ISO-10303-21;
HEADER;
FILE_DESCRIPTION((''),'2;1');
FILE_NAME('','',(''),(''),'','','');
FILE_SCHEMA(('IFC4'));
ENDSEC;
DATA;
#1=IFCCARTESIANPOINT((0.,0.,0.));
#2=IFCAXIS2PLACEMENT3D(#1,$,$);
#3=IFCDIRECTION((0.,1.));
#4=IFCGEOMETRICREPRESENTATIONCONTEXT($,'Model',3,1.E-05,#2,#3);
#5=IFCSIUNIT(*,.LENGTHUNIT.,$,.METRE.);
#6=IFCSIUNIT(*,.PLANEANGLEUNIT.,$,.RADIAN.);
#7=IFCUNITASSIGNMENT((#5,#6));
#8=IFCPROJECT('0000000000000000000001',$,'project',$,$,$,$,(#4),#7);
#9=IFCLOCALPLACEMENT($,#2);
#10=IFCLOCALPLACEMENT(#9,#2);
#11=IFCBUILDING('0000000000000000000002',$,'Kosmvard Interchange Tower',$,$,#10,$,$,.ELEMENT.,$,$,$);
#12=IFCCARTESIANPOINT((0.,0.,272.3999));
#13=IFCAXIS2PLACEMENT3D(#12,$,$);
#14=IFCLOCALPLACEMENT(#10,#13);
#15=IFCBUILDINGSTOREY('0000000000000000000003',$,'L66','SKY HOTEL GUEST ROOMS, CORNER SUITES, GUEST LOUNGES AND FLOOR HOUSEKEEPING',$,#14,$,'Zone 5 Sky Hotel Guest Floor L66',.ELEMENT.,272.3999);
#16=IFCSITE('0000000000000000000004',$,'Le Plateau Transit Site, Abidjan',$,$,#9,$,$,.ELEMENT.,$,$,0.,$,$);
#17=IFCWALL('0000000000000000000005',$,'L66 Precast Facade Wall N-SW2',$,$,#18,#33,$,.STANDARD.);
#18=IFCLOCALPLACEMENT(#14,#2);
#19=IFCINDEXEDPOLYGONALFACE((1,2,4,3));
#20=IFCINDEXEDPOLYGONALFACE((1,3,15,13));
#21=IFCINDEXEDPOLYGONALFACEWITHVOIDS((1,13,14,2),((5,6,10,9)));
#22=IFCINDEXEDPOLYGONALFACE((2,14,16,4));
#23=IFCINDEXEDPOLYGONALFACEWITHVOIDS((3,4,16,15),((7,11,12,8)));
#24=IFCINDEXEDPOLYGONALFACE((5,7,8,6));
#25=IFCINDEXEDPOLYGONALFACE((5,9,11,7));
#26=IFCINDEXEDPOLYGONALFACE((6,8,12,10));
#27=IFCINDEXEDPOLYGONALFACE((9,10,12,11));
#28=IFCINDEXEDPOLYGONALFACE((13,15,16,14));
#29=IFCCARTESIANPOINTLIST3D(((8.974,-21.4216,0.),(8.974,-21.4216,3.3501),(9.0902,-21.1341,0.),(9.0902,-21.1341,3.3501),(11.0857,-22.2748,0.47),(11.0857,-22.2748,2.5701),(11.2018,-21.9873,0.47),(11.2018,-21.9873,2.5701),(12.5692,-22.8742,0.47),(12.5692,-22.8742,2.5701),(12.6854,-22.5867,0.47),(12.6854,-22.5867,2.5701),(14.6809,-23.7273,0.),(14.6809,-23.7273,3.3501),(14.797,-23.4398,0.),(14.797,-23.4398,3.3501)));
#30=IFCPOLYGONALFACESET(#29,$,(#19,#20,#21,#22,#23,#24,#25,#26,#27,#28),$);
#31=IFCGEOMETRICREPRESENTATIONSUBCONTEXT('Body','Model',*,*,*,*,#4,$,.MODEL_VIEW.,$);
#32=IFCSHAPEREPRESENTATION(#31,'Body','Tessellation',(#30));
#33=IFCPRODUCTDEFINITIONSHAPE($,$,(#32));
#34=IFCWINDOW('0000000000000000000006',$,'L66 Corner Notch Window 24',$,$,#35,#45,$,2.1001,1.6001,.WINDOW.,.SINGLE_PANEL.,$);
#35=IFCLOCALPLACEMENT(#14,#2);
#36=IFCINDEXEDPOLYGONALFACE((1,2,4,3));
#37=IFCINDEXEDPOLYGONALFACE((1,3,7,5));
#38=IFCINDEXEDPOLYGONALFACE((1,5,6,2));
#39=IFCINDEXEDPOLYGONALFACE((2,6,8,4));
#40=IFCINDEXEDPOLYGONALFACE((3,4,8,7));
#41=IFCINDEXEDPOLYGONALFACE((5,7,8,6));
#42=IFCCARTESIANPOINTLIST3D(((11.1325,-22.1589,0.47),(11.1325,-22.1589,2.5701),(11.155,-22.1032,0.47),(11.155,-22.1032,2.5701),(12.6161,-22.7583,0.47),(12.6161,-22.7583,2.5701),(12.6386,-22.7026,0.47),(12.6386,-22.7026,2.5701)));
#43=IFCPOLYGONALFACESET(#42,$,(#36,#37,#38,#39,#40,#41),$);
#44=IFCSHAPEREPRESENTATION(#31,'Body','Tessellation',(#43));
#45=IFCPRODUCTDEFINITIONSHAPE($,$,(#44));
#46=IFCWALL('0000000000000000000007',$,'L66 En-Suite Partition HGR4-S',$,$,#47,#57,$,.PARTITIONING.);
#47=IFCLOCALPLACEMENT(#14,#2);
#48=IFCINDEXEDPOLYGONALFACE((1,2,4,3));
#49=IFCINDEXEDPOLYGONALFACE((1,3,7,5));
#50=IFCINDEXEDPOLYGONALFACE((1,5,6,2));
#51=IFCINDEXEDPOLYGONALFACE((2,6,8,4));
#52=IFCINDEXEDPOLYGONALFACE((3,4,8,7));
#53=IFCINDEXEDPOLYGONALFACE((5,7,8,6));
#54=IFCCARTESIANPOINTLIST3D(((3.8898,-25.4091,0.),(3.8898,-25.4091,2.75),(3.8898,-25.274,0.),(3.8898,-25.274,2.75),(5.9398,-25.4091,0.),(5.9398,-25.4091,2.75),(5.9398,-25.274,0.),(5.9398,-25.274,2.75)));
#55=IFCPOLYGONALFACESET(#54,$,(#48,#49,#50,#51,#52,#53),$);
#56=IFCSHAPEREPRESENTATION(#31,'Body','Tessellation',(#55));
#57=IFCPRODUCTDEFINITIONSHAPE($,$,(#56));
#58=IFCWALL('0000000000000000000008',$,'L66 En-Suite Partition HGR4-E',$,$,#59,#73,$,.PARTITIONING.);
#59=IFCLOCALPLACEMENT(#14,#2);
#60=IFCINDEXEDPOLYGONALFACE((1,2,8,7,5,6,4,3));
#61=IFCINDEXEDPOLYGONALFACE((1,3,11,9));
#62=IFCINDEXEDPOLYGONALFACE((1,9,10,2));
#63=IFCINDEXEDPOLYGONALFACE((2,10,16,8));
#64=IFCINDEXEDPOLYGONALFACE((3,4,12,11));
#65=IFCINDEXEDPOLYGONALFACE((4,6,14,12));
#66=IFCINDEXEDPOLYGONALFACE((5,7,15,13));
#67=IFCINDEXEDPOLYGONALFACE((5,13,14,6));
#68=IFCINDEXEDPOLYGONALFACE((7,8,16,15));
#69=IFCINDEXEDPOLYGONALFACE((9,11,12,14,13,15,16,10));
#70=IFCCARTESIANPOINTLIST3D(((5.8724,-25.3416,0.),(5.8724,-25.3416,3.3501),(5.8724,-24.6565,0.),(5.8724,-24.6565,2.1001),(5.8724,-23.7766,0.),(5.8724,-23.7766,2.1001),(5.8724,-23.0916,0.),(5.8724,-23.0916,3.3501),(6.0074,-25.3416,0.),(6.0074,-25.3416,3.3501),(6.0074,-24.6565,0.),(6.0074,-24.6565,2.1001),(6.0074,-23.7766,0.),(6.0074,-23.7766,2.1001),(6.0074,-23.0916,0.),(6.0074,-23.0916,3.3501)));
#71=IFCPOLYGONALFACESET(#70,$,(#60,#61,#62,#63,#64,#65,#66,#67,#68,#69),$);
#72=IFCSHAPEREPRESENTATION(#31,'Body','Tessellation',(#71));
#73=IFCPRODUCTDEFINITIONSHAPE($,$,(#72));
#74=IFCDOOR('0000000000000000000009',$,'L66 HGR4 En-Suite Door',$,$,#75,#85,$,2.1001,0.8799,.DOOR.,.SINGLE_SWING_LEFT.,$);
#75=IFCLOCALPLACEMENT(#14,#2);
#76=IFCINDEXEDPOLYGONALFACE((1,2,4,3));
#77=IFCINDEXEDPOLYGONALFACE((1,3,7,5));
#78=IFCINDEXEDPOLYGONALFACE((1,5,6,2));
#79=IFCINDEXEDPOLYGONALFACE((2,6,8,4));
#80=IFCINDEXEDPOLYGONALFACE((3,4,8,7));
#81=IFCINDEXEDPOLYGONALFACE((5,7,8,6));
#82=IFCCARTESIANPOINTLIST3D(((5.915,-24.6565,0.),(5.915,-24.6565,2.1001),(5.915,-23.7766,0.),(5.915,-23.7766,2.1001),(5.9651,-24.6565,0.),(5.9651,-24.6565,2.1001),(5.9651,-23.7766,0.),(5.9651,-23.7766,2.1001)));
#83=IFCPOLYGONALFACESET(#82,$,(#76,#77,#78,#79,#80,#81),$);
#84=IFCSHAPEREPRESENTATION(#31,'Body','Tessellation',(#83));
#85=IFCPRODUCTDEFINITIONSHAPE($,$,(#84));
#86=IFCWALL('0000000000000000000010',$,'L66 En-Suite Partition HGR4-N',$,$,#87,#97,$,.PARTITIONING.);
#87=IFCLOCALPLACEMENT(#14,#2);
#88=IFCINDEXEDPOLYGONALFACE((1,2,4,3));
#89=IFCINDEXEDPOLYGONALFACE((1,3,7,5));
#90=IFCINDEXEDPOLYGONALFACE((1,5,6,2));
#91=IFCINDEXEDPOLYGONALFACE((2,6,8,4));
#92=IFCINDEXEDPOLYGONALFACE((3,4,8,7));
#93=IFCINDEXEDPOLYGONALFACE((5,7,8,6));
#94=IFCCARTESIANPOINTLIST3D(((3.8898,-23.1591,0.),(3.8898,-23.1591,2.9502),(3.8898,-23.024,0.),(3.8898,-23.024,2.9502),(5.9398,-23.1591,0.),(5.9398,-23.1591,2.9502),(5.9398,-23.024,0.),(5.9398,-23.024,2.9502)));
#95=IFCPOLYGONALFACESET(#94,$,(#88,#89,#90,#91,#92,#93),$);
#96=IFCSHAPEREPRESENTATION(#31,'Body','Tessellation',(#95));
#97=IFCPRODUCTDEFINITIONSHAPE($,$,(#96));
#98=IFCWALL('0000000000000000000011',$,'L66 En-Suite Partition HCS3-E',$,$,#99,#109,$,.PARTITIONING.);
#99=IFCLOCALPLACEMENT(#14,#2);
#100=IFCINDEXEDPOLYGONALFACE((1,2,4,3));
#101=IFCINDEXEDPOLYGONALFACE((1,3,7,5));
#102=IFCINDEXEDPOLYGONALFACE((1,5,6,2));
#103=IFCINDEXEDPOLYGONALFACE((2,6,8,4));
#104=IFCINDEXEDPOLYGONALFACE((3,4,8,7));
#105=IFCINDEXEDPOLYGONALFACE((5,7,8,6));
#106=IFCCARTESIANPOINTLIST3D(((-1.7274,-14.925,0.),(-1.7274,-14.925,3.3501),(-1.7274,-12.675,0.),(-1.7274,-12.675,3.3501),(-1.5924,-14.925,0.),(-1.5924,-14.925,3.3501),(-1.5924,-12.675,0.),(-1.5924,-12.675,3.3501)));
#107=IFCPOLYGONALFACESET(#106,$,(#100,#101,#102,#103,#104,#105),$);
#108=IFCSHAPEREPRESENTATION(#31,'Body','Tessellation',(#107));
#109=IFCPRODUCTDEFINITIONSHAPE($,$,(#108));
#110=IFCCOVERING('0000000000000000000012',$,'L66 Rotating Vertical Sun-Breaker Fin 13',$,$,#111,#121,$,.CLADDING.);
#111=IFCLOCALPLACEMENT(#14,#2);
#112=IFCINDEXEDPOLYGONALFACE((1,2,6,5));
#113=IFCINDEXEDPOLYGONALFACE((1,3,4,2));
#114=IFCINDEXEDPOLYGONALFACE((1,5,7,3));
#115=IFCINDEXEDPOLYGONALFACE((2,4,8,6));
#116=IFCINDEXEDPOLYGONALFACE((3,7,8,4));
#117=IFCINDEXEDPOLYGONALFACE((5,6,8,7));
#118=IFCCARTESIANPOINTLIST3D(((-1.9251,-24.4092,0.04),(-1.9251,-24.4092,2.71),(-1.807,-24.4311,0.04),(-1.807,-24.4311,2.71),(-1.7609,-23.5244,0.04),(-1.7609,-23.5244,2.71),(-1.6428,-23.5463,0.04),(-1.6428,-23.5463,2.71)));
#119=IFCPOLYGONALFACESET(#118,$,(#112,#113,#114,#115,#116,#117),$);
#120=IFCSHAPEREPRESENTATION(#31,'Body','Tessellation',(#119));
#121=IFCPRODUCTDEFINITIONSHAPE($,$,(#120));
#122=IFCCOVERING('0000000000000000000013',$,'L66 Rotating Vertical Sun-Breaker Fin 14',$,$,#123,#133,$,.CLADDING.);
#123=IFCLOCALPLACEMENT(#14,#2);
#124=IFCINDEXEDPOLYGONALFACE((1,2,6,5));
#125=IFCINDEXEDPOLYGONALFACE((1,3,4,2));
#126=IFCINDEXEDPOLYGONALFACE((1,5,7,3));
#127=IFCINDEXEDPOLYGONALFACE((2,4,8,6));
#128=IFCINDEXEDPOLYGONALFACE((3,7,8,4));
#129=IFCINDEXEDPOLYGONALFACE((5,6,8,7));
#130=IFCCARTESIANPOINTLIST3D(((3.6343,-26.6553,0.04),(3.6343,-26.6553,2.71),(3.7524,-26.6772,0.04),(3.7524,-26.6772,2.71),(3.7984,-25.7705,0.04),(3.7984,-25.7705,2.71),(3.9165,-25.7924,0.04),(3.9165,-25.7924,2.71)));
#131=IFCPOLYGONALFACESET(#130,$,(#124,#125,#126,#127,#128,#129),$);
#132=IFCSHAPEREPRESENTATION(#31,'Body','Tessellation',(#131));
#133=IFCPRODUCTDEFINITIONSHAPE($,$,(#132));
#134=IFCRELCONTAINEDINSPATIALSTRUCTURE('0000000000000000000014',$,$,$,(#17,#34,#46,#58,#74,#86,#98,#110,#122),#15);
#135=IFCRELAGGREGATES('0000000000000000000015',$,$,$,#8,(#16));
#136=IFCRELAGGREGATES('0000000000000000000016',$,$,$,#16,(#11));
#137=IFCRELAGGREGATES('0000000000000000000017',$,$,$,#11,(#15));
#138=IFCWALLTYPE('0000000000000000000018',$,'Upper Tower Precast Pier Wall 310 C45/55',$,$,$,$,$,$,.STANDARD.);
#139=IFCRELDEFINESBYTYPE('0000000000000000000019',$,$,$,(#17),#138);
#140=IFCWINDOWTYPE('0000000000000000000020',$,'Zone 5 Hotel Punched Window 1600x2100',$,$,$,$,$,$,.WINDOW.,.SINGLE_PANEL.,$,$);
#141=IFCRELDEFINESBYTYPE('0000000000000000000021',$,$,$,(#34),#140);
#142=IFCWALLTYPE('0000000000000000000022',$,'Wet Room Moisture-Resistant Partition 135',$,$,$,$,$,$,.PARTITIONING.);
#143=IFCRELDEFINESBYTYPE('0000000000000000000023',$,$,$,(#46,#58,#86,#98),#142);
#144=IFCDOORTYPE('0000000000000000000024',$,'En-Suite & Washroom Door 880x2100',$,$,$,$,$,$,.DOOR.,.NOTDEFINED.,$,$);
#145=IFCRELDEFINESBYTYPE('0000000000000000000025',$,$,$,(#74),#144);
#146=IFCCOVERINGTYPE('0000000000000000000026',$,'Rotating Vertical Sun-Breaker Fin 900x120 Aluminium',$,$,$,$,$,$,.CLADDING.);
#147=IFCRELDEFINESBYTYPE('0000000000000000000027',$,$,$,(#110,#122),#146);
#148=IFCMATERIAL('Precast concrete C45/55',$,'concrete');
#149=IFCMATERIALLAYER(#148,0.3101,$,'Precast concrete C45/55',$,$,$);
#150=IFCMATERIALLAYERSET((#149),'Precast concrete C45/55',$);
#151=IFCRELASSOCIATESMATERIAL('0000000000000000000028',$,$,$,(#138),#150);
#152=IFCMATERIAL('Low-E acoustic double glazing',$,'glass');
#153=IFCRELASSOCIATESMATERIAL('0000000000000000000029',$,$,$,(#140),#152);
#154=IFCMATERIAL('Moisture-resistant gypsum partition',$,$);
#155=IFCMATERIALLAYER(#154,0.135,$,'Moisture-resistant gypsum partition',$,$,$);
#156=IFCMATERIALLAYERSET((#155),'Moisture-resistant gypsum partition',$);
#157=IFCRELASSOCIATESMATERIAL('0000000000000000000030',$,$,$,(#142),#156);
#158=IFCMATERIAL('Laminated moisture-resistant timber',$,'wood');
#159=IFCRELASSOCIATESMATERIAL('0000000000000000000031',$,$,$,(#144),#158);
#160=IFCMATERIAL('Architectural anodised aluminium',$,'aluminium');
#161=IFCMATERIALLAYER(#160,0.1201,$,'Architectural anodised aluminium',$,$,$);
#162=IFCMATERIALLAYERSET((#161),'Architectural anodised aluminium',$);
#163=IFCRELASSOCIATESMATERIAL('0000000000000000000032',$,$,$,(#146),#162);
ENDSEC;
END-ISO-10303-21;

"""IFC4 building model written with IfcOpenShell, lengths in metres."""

from ifc_helpers import new_model, si_unit, direction, frame, frame_2d, origin, origin_2d, place, context, subcontext, project, spatial, rectangle, extrude, source, transform, mapped, material, layer, layer_set, type_object, element, fill, save


model = new_model("IFC4")

# Units and contexts
model_context = context("Model", 3, precision=1e-05, world=origin(), true_north=direction((0.0, 1.0)))
body_context = subcontext(model_context, "Body", "Model", "MODEL_VIEW")
ifc_project = project(units=[si_unit("LENGTHUNIT", "METRE"), si_unit("PLANEANGLEUNIT", "RADIAN")], contexts=[model_context])

# Site, building, storey
site_placement = place(None, origin())
site = spatial("IfcSite", under=ifc_project, at=site_placement, Name="Le Plateau Transit Site, Abidjan", CompositionType="ELEMENT", RefElevation=0.0)
building_placement = place(site_placement, origin())
building = spatial("IfcBuilding", under=site, at=building_placement, Name="Kosmvard Interchange Tower", CompositionType="ELEMENT")
storey_placement = place(building_placement, frame((0.0, 0.0, 272.3999)))
storey = spatial("IfcBuildingStorey", under=building, at=storey_placement, Name="L66", Description="SKY HOTEL GUEST ROOMS, CORNER SUITES, GUEST LOUNGES AND FLOOR HOUSEKEEPING", LongName="Zone 5 Sky Hotel Guest Floor L66", CompositionType="ELEMENT", Elevation=272.3999)

# Shared definitions
ifc_material_1 = material(Name="Precast concrete C45/55", Category="concrete")

# Shared definitions
ifc_layer_1 = layer(ifc_material_1, 0.3101, Name="Precast concrete C45/55")
ifc_layer_set_1 = layer_set([ifc_layer_1], Name="Precast concrete C45/55")
wall_type_1 = type_object("IfcWallType", Name="Upper Tower Precast Pier Wall 310 C45/55", PredefinedType="STANDARD", material=ifc_layer_set_1)

# Wall, opening, window
wall_1_placement = place(storey_placement, frame((9.032, -21.2778, 0.0), z_axis=(0.0, 0.0, 1.0), x_axis=(0.927185, -0.374603, 0.0)))
wall_1 = element("IfcWall", 1, at=wall_1_placement, inside=storey, type_object=wall_type_1, Name="L66 Precast Facade Wall N-SW2", PredefinedType="STANDARD", context=body_context, shape_type="SweptSolid", body=[
    extrude(rectangle(XDim=6.155, YDim=0.3101, at=frame_2d((3.0776, 0.0))), origin(), (0.0, 0.0, 1.0), 3.3501),
])
opening_1_placement = place(wall_1_placement, frame((2.2776, 0.0, 0.47)))
opening_1 = element("IfcOpeningElement", 2, at=opening_1_placement, cuts=wall_1, PredefinedType="OPENING", context=body_context, shape_type="SweptSolid", body=[
    extrude(rectangle(XDim=1.6001, YDim=2.1001, at=frame_2d((0.8, 1.05))), frame((0.0, 0.165, 0.0), z_axis=(0.0, -1.0, 0.0), x_axis=(1.0, 0.0, 0.0)), (0.0, 0.0, 1.0), 0.3301),
])
ifc_material_2 = material(Name="Low-E acoustic double glazing", Category="glass")
window_type = type_object("IfcWindowType", Name="Zone 5 Hotel Punched Window 1600x2100", PartitioningType="SINGLE_PANEL", PredefinedType="WINDOW", material=ifc_material_2)
shared_shape_1 = source(origin(), body_context, "Body", "SweptSolid", [
    extrude(rectangle(XDim=1.6001, YDim=2.1001, at=frame_2d((0.8, 1.05))), frame((0.0, 0.03, 0.0), z_axis=(0.0, -1.0, 0.0), x_axis=(1.0, 0.0, 0.0)), (0.0, 0.0, 1.0), 0.0601),
])
window_placement = place(opening_1_placement, origin())
window = element("IfcWindow", 3, at=window_placement, inside=storey, type_object=window_type, Name="L66 Corner Notch Window 24", OverallHeight=2.1001, OverallWidth=1.6001, PartitioningType="SINGLE_PANEL", PredefinedType="WINDOW", context=body_context, shape_type="MappedRepresentation", body=[
    mapped(shared_shape_1, transform((0.0, 0.0, 0.0), scale=1.0)),
])
fill(opening_1, window)

# Wall
ifc_material_3 = material(Name="Moisture-resistant gypsum partition")
ifc_layer_2 = layer(ifc_material_3, 0.135, Name="Moisture-resistant gypsum partition")
ifc_layer_set_2 = layer_set([ifc_layer_2], Name="Moisture-resistant gypsum partition")
wall_type_2 = type_object("IfcWallType", Name="Wet Room Moisture-Resistant Partition 135", PredefinedType="PARTITIONING", material=ifc_layer_set_2)
wall_2_placement = place(storey_placement, frame((3.8899, -25.3416, 0.0), z_axis=(0.0, 0.0, 1.0), x_axis=(1.0, 0.0, 0.0)))
element("IfcWall", 4, at=wall_2_placement, inside=storey, type_object=wall_type_2, Name="L66 En-Suite Partition HGR4-S", PredefinedType="PARTITIONING", context=body_context, shape_type="SweptSolid", body=[
    extrude(rectangle(XDim=2.05, YDim=0.135, at=frame_2d((1.0249, 0.0))), origin(), (0.0, 0.0, 1.0), 2.75),
])

# Wall, opening, door
wall_3_placement = place(storey_placement, frame((5.9399, -25.3416, 0.0), z_axis=(0.0, 0.0, 1.0), x_axis=(0.0, 1.0, 0.0)))
wall_3 = element("IfcWall", 5, at=wall_3_placement, inside=storey, type_object=wall_type_2, Name="L66 En-Suite Partition HGR4-E", PredefinedType="PARTITIONING", context=body_context, shape_type="SweptSolid", body=[
    extrude(rectangle(XDim=2.25, YDim=0.135, at=frame_2d((1.125, 0.0))), origin(), (0.0, 0.0, 1.0), 3.3501),
])
opening_2_placement = place(wall_3_placement, frame((0.6851, 0.0, 0.0)))
opening_2 = element("IfcOpeningElement", 6, at=opening_2_placement, cuts=wall_3, PredefinedType="OPENING", context=body_context, shape_type="SweptSolid", body=[
    extrude(rectangle(XDim=0.8799, YDim=2.1001, at=frame_2d((0.4399, 1.05))), frame((0.0, 0.0776, 0.0), z_axis=(0.0, -1.0, 0.0), x_axis=(1.0, 0.0, 0.0)), (0.0, 0.0, 1.0), 0.155),
])
ifc_material_4 = material(Name="Laminated moisture-resistant timber", Category="wood")
door_type = type_object("IfcDoorType", Name="En-Suite & Washroom Door 880x2100", OperationType="NOTDEFINED", PredefinedType="DOOR", material=ifc_material_4)
shared_shape_2 = source(origin(), body_context, "Body", "SweptSolid", [
    extrude(rectangle(XDim=0.8799, YDim=2.1001, at=frame_2d((0.4399, 1.05))), frame((0.0, 0.0249, 0.0), z_axis=(0.0, -1.0, 0.0), x_axis=(1.0, 0.0, 0.0)), (0.0, 0.0, 1.0), 0.05),
])
door_placement = place(opening_2_placement, origin())
door = element("IfcDoor", 7, at=door_placement, inside=storey, type_object=door_type, Name="L66 HGR4 En-Suite Door", OperationType="SINGLE_SWING_LEFT", OverallHeight=2.1001, OverallWidth=0.8799, PredefinedType="DOOR", context=body_context, shape_type="MappedRepresentation", body=[
    mapped(shared_shape_2, transform((0.0, 0.0, 0.0), scale=1.0)),
])
fill(opening_2, door)

# Walls
wall_4_placement = place(storey_placement, frame((3.8899, -23.0916, 0.0), z_axis=(0.0, 0.0, 1.0), x_axis=(1.0, 0.0, 0.0)))
element("IfcWall", 8, at=wall_4_placement, inside=storey, type_object=wall_type_2, Name="L66 En-Suite Partition HGR4-N", PredefinedType="PARTITIONING", context=body_context, shape_type="SweptSolid", body=[
    extrude(rectangle(XDim=2.05, YDim=0.135, at=frame_2d((1.0249, 0.0))), origin(), (0.0, 0.0, 1.0), 2.9502),
])
wall_5_placement = place(storey_placement, frame((-1.6599, -14.925, 0.0), z_axis=(0.0, 0.0, 1.0), x_axis=(0.0, 1.0, 0.0)))
element("IfcWall", 9, at=wall_5_placement, inside=storey, type_object=wall_type_2, Name="L66 En-Suite Partition HCS3-E", PredefinedType="PARTITIONING", context=body_context, shape_type="SweptSolid", body=[
    extrude(rectangle(XDim=2.25, YDim=0.135, at=frame_2d((1.125, 0.0))), origin(), (0.0, 0.0, 1.0), 3.3501),
])

# Coverings
ifc_material_5 = material(Name="Architectural anodised aluminium", Category="aluminium")
ifc_layer_3 = layer(ifc_material_5, 0.1201, Name="Architectural anodised aluminium")
ifc_layer_set_3 = layer_set([ifc_layer_3], Name="Architectural anodised aluminium")
covering_type = type_object("IfcCoveringType", Name="Rotating Vertical Sun-Breaker Fin 900x120 Aluminium", PredefinedType="CLADDING", material=ifc_layer_set_3)
shared_shape_3 = source(origin(), body_context, "Body", "SweptSolid", [
    extrude(rectangle(XDim=0.8999, YDim=0.1201, at=origin_2d()), origin(), (0.0, 0.0, 1.0), 2.6699),
])
for number, where, z_axis, x_axis, name in (
    (10, (-1.7839, -23.9778, 0.04), (0.0, 0.0, 1.0), (-0.182407, -0.983223, 0.0), "L66 Rotating Vertical Sun-Breaker Fin 13"),
    (11, (3.7754, -26.2239, 0.04), (0.0, 0.0, 1.0), (-0.182407, -0.983223, 0.0), "L66 Rotating Vertical Sun-Breaker Fin 14"),
):
    element("IfcCovering", number, at=place(storey_placement, frame(where, z_axis=z_axis, x_axis=x_axis)), inside=storey, type_object=covering_type, Name=name, PredefinedType="CLADDING", context=body_context, shape_type="MappedRepresentation", body=[
        mapped(shared_shape_3, transform((0.0, 0.0, 0.0), scale=1.0)),
    ])

save(model, "model.ifc")
